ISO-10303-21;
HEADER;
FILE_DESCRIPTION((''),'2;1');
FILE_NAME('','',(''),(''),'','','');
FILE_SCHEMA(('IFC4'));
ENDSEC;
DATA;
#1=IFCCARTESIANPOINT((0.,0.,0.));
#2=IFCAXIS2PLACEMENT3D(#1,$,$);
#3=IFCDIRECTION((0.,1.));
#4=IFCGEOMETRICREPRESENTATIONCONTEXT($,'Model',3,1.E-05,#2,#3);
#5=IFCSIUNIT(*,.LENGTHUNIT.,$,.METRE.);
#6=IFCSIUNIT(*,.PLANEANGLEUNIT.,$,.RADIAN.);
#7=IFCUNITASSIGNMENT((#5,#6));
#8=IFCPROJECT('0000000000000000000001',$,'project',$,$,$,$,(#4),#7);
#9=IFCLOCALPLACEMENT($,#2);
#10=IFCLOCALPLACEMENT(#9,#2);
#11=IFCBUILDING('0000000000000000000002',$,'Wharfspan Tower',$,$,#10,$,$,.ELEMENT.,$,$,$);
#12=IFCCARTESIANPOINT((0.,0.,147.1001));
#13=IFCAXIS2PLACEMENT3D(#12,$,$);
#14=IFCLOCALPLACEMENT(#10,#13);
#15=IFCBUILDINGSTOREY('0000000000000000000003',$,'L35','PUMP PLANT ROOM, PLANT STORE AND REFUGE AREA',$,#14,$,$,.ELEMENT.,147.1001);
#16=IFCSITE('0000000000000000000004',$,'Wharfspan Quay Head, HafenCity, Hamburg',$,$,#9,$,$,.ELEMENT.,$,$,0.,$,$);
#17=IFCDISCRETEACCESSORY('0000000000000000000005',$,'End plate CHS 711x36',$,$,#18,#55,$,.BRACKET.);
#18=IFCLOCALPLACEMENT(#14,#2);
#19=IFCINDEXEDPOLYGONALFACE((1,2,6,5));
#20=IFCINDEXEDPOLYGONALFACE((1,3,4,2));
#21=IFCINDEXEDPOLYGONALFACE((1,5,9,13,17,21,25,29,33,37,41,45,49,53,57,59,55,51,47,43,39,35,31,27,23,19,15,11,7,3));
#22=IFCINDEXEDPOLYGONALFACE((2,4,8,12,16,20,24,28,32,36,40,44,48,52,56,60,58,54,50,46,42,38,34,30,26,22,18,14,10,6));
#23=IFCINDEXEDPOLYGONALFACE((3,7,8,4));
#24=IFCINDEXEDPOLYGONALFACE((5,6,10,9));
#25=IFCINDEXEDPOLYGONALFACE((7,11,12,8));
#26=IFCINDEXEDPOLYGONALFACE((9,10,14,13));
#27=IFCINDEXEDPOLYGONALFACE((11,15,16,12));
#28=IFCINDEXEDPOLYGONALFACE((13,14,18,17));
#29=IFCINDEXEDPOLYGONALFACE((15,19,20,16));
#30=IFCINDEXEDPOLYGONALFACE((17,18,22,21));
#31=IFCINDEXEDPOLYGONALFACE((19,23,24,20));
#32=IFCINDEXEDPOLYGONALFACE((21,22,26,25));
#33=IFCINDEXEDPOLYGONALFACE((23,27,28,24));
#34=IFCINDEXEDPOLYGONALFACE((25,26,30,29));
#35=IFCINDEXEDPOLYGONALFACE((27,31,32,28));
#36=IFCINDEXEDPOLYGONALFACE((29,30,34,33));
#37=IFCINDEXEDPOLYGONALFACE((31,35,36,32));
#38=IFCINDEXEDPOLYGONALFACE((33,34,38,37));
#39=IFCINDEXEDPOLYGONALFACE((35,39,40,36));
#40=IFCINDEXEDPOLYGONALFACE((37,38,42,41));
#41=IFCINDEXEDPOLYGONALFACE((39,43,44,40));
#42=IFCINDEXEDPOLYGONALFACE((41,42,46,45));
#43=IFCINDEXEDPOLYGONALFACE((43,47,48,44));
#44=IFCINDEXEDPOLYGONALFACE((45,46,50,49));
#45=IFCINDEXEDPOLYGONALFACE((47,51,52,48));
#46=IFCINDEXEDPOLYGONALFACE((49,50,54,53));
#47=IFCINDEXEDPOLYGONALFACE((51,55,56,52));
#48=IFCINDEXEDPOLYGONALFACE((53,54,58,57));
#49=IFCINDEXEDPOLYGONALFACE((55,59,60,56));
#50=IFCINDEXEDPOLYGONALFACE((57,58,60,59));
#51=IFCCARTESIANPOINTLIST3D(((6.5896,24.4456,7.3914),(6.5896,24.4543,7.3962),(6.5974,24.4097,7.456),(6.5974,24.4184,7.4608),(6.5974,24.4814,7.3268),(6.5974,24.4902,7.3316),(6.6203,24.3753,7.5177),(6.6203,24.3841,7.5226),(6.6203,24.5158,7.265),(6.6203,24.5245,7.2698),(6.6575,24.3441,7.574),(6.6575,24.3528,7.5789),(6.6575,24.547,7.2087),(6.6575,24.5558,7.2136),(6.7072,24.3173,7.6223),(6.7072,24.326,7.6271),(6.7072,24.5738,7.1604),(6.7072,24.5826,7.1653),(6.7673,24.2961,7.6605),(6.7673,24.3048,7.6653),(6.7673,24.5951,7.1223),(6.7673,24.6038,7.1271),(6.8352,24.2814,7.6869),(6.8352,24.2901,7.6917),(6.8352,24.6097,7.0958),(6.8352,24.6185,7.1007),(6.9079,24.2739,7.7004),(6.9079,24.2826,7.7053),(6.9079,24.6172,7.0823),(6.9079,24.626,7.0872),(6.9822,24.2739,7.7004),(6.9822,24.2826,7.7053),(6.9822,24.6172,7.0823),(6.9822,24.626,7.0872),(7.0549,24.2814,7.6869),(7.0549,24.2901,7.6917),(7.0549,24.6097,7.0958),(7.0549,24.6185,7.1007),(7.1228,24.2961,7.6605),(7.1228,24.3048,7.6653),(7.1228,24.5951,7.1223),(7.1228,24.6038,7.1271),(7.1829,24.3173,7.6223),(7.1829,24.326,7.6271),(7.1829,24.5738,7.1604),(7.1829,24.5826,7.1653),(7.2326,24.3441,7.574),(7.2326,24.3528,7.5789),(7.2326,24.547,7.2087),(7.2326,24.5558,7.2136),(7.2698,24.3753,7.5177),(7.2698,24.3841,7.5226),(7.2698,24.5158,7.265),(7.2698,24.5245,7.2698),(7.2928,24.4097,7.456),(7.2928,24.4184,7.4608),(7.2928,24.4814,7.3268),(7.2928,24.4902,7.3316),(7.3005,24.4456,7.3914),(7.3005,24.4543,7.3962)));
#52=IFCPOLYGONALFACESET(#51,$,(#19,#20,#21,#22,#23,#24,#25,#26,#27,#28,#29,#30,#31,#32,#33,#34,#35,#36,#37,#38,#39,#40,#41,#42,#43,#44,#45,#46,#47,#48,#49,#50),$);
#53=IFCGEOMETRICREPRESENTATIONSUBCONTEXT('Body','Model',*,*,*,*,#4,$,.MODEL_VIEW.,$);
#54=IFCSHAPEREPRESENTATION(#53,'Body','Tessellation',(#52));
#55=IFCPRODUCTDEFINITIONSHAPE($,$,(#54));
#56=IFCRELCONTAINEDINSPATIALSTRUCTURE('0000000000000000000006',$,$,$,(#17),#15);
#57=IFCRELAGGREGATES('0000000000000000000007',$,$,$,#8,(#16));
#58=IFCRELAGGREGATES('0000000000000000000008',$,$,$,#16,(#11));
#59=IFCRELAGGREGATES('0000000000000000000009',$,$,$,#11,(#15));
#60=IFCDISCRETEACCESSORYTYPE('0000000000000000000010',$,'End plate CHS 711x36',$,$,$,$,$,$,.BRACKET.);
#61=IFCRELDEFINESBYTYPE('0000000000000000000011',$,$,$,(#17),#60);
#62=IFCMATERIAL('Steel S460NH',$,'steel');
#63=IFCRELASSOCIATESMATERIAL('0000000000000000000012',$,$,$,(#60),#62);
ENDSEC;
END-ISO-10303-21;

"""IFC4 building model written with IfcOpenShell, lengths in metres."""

from ifc_helpers import new_model, si_unit, direction, frame, origin, origin_2d, place, context, subcontext, project, spatial, circle, extrude, material, material_profile, profile_set, type_object, element, save


model = new_model("IFC4")

# Units and contexts
model_context = context("Model", 3, precision=1e-05, world=origin(), true_north=direction((0.0, 1.0)))
body_context = subcontext(model_context, "Body", "Model", "MODEL_VIEW")
ifc_project = project(units=[si_unit("LENGTHUNIT", "METRE"), si_unit("PLANEANGLEUNIT", "RADIAN")], contexts=[model_context])

# Site, building, storey
site_placement = place(None, origin())
site = spatial("IfcSite", under=ifc_project, at=site_placement, Name="Wharfspan Quay Head, HafenCity, Hamburg", CompositionType="ELEMENT", RefElevation=0.0)
building_placement = place(site_placement, origin())
building = spatial("IfcBuilding", under=site, at=building_placement, Name="Wharfspan Tower", CompositionType="ELEMENT")
storey_placement = place(building_placement, frame((0.0, 0.0, 147.1001)))
storey = spatial("IfcBuildingStorey", under=building, at=storey_placement, Name="L35", Description="PUMP PLANT ROOM, PLANT STORE AND REFUGE AREA", CompositionType="ELEMENT", Elevation=147.1001)

# Shared definitions
ifc_material_1 = material(Name="Steel S460NH", Category="steel")

# Discrete accessory
ifc_material_profile_1 = material_profile(ifc_material_1, circle(Radius=0.3555, at=origin_2d()))
ifc_profile_set_1 = profile_set([ifc_material_profile_1], Name="Steel S460NH")
discrete_accessory_type_1 = type_object("IfcDiscreteAccessoryType", Name="End plate CHS 711x36", PredefinedType="BRACKET", material=ifc_profile_set_1)
for number, where, z_axis, x_axis, name in (
    (1, (6.9451, 24.4456, 7.3914), (0.0, 0.874157, 0.485643), (-1.0, 0.0, 0.0), "End plate CHS 711x36"),
):
    element("IfcDiscreteAccessory", number, at=place(storey_placement, frame(where, z_axis=z_axis, x_axis=x_axis)), inside=storey, type_object=discrete_accessory_type_1, Name=name, PredefinedType="BRACKET", context=body_context, shape_type="SweptSolid", body=[
        extrude(circle(Radius=0.3555, at=origin_2d()), origin(), (0.0, 0.0, 1.0), 0.01),
    ])

save(model, "model.ifc")
